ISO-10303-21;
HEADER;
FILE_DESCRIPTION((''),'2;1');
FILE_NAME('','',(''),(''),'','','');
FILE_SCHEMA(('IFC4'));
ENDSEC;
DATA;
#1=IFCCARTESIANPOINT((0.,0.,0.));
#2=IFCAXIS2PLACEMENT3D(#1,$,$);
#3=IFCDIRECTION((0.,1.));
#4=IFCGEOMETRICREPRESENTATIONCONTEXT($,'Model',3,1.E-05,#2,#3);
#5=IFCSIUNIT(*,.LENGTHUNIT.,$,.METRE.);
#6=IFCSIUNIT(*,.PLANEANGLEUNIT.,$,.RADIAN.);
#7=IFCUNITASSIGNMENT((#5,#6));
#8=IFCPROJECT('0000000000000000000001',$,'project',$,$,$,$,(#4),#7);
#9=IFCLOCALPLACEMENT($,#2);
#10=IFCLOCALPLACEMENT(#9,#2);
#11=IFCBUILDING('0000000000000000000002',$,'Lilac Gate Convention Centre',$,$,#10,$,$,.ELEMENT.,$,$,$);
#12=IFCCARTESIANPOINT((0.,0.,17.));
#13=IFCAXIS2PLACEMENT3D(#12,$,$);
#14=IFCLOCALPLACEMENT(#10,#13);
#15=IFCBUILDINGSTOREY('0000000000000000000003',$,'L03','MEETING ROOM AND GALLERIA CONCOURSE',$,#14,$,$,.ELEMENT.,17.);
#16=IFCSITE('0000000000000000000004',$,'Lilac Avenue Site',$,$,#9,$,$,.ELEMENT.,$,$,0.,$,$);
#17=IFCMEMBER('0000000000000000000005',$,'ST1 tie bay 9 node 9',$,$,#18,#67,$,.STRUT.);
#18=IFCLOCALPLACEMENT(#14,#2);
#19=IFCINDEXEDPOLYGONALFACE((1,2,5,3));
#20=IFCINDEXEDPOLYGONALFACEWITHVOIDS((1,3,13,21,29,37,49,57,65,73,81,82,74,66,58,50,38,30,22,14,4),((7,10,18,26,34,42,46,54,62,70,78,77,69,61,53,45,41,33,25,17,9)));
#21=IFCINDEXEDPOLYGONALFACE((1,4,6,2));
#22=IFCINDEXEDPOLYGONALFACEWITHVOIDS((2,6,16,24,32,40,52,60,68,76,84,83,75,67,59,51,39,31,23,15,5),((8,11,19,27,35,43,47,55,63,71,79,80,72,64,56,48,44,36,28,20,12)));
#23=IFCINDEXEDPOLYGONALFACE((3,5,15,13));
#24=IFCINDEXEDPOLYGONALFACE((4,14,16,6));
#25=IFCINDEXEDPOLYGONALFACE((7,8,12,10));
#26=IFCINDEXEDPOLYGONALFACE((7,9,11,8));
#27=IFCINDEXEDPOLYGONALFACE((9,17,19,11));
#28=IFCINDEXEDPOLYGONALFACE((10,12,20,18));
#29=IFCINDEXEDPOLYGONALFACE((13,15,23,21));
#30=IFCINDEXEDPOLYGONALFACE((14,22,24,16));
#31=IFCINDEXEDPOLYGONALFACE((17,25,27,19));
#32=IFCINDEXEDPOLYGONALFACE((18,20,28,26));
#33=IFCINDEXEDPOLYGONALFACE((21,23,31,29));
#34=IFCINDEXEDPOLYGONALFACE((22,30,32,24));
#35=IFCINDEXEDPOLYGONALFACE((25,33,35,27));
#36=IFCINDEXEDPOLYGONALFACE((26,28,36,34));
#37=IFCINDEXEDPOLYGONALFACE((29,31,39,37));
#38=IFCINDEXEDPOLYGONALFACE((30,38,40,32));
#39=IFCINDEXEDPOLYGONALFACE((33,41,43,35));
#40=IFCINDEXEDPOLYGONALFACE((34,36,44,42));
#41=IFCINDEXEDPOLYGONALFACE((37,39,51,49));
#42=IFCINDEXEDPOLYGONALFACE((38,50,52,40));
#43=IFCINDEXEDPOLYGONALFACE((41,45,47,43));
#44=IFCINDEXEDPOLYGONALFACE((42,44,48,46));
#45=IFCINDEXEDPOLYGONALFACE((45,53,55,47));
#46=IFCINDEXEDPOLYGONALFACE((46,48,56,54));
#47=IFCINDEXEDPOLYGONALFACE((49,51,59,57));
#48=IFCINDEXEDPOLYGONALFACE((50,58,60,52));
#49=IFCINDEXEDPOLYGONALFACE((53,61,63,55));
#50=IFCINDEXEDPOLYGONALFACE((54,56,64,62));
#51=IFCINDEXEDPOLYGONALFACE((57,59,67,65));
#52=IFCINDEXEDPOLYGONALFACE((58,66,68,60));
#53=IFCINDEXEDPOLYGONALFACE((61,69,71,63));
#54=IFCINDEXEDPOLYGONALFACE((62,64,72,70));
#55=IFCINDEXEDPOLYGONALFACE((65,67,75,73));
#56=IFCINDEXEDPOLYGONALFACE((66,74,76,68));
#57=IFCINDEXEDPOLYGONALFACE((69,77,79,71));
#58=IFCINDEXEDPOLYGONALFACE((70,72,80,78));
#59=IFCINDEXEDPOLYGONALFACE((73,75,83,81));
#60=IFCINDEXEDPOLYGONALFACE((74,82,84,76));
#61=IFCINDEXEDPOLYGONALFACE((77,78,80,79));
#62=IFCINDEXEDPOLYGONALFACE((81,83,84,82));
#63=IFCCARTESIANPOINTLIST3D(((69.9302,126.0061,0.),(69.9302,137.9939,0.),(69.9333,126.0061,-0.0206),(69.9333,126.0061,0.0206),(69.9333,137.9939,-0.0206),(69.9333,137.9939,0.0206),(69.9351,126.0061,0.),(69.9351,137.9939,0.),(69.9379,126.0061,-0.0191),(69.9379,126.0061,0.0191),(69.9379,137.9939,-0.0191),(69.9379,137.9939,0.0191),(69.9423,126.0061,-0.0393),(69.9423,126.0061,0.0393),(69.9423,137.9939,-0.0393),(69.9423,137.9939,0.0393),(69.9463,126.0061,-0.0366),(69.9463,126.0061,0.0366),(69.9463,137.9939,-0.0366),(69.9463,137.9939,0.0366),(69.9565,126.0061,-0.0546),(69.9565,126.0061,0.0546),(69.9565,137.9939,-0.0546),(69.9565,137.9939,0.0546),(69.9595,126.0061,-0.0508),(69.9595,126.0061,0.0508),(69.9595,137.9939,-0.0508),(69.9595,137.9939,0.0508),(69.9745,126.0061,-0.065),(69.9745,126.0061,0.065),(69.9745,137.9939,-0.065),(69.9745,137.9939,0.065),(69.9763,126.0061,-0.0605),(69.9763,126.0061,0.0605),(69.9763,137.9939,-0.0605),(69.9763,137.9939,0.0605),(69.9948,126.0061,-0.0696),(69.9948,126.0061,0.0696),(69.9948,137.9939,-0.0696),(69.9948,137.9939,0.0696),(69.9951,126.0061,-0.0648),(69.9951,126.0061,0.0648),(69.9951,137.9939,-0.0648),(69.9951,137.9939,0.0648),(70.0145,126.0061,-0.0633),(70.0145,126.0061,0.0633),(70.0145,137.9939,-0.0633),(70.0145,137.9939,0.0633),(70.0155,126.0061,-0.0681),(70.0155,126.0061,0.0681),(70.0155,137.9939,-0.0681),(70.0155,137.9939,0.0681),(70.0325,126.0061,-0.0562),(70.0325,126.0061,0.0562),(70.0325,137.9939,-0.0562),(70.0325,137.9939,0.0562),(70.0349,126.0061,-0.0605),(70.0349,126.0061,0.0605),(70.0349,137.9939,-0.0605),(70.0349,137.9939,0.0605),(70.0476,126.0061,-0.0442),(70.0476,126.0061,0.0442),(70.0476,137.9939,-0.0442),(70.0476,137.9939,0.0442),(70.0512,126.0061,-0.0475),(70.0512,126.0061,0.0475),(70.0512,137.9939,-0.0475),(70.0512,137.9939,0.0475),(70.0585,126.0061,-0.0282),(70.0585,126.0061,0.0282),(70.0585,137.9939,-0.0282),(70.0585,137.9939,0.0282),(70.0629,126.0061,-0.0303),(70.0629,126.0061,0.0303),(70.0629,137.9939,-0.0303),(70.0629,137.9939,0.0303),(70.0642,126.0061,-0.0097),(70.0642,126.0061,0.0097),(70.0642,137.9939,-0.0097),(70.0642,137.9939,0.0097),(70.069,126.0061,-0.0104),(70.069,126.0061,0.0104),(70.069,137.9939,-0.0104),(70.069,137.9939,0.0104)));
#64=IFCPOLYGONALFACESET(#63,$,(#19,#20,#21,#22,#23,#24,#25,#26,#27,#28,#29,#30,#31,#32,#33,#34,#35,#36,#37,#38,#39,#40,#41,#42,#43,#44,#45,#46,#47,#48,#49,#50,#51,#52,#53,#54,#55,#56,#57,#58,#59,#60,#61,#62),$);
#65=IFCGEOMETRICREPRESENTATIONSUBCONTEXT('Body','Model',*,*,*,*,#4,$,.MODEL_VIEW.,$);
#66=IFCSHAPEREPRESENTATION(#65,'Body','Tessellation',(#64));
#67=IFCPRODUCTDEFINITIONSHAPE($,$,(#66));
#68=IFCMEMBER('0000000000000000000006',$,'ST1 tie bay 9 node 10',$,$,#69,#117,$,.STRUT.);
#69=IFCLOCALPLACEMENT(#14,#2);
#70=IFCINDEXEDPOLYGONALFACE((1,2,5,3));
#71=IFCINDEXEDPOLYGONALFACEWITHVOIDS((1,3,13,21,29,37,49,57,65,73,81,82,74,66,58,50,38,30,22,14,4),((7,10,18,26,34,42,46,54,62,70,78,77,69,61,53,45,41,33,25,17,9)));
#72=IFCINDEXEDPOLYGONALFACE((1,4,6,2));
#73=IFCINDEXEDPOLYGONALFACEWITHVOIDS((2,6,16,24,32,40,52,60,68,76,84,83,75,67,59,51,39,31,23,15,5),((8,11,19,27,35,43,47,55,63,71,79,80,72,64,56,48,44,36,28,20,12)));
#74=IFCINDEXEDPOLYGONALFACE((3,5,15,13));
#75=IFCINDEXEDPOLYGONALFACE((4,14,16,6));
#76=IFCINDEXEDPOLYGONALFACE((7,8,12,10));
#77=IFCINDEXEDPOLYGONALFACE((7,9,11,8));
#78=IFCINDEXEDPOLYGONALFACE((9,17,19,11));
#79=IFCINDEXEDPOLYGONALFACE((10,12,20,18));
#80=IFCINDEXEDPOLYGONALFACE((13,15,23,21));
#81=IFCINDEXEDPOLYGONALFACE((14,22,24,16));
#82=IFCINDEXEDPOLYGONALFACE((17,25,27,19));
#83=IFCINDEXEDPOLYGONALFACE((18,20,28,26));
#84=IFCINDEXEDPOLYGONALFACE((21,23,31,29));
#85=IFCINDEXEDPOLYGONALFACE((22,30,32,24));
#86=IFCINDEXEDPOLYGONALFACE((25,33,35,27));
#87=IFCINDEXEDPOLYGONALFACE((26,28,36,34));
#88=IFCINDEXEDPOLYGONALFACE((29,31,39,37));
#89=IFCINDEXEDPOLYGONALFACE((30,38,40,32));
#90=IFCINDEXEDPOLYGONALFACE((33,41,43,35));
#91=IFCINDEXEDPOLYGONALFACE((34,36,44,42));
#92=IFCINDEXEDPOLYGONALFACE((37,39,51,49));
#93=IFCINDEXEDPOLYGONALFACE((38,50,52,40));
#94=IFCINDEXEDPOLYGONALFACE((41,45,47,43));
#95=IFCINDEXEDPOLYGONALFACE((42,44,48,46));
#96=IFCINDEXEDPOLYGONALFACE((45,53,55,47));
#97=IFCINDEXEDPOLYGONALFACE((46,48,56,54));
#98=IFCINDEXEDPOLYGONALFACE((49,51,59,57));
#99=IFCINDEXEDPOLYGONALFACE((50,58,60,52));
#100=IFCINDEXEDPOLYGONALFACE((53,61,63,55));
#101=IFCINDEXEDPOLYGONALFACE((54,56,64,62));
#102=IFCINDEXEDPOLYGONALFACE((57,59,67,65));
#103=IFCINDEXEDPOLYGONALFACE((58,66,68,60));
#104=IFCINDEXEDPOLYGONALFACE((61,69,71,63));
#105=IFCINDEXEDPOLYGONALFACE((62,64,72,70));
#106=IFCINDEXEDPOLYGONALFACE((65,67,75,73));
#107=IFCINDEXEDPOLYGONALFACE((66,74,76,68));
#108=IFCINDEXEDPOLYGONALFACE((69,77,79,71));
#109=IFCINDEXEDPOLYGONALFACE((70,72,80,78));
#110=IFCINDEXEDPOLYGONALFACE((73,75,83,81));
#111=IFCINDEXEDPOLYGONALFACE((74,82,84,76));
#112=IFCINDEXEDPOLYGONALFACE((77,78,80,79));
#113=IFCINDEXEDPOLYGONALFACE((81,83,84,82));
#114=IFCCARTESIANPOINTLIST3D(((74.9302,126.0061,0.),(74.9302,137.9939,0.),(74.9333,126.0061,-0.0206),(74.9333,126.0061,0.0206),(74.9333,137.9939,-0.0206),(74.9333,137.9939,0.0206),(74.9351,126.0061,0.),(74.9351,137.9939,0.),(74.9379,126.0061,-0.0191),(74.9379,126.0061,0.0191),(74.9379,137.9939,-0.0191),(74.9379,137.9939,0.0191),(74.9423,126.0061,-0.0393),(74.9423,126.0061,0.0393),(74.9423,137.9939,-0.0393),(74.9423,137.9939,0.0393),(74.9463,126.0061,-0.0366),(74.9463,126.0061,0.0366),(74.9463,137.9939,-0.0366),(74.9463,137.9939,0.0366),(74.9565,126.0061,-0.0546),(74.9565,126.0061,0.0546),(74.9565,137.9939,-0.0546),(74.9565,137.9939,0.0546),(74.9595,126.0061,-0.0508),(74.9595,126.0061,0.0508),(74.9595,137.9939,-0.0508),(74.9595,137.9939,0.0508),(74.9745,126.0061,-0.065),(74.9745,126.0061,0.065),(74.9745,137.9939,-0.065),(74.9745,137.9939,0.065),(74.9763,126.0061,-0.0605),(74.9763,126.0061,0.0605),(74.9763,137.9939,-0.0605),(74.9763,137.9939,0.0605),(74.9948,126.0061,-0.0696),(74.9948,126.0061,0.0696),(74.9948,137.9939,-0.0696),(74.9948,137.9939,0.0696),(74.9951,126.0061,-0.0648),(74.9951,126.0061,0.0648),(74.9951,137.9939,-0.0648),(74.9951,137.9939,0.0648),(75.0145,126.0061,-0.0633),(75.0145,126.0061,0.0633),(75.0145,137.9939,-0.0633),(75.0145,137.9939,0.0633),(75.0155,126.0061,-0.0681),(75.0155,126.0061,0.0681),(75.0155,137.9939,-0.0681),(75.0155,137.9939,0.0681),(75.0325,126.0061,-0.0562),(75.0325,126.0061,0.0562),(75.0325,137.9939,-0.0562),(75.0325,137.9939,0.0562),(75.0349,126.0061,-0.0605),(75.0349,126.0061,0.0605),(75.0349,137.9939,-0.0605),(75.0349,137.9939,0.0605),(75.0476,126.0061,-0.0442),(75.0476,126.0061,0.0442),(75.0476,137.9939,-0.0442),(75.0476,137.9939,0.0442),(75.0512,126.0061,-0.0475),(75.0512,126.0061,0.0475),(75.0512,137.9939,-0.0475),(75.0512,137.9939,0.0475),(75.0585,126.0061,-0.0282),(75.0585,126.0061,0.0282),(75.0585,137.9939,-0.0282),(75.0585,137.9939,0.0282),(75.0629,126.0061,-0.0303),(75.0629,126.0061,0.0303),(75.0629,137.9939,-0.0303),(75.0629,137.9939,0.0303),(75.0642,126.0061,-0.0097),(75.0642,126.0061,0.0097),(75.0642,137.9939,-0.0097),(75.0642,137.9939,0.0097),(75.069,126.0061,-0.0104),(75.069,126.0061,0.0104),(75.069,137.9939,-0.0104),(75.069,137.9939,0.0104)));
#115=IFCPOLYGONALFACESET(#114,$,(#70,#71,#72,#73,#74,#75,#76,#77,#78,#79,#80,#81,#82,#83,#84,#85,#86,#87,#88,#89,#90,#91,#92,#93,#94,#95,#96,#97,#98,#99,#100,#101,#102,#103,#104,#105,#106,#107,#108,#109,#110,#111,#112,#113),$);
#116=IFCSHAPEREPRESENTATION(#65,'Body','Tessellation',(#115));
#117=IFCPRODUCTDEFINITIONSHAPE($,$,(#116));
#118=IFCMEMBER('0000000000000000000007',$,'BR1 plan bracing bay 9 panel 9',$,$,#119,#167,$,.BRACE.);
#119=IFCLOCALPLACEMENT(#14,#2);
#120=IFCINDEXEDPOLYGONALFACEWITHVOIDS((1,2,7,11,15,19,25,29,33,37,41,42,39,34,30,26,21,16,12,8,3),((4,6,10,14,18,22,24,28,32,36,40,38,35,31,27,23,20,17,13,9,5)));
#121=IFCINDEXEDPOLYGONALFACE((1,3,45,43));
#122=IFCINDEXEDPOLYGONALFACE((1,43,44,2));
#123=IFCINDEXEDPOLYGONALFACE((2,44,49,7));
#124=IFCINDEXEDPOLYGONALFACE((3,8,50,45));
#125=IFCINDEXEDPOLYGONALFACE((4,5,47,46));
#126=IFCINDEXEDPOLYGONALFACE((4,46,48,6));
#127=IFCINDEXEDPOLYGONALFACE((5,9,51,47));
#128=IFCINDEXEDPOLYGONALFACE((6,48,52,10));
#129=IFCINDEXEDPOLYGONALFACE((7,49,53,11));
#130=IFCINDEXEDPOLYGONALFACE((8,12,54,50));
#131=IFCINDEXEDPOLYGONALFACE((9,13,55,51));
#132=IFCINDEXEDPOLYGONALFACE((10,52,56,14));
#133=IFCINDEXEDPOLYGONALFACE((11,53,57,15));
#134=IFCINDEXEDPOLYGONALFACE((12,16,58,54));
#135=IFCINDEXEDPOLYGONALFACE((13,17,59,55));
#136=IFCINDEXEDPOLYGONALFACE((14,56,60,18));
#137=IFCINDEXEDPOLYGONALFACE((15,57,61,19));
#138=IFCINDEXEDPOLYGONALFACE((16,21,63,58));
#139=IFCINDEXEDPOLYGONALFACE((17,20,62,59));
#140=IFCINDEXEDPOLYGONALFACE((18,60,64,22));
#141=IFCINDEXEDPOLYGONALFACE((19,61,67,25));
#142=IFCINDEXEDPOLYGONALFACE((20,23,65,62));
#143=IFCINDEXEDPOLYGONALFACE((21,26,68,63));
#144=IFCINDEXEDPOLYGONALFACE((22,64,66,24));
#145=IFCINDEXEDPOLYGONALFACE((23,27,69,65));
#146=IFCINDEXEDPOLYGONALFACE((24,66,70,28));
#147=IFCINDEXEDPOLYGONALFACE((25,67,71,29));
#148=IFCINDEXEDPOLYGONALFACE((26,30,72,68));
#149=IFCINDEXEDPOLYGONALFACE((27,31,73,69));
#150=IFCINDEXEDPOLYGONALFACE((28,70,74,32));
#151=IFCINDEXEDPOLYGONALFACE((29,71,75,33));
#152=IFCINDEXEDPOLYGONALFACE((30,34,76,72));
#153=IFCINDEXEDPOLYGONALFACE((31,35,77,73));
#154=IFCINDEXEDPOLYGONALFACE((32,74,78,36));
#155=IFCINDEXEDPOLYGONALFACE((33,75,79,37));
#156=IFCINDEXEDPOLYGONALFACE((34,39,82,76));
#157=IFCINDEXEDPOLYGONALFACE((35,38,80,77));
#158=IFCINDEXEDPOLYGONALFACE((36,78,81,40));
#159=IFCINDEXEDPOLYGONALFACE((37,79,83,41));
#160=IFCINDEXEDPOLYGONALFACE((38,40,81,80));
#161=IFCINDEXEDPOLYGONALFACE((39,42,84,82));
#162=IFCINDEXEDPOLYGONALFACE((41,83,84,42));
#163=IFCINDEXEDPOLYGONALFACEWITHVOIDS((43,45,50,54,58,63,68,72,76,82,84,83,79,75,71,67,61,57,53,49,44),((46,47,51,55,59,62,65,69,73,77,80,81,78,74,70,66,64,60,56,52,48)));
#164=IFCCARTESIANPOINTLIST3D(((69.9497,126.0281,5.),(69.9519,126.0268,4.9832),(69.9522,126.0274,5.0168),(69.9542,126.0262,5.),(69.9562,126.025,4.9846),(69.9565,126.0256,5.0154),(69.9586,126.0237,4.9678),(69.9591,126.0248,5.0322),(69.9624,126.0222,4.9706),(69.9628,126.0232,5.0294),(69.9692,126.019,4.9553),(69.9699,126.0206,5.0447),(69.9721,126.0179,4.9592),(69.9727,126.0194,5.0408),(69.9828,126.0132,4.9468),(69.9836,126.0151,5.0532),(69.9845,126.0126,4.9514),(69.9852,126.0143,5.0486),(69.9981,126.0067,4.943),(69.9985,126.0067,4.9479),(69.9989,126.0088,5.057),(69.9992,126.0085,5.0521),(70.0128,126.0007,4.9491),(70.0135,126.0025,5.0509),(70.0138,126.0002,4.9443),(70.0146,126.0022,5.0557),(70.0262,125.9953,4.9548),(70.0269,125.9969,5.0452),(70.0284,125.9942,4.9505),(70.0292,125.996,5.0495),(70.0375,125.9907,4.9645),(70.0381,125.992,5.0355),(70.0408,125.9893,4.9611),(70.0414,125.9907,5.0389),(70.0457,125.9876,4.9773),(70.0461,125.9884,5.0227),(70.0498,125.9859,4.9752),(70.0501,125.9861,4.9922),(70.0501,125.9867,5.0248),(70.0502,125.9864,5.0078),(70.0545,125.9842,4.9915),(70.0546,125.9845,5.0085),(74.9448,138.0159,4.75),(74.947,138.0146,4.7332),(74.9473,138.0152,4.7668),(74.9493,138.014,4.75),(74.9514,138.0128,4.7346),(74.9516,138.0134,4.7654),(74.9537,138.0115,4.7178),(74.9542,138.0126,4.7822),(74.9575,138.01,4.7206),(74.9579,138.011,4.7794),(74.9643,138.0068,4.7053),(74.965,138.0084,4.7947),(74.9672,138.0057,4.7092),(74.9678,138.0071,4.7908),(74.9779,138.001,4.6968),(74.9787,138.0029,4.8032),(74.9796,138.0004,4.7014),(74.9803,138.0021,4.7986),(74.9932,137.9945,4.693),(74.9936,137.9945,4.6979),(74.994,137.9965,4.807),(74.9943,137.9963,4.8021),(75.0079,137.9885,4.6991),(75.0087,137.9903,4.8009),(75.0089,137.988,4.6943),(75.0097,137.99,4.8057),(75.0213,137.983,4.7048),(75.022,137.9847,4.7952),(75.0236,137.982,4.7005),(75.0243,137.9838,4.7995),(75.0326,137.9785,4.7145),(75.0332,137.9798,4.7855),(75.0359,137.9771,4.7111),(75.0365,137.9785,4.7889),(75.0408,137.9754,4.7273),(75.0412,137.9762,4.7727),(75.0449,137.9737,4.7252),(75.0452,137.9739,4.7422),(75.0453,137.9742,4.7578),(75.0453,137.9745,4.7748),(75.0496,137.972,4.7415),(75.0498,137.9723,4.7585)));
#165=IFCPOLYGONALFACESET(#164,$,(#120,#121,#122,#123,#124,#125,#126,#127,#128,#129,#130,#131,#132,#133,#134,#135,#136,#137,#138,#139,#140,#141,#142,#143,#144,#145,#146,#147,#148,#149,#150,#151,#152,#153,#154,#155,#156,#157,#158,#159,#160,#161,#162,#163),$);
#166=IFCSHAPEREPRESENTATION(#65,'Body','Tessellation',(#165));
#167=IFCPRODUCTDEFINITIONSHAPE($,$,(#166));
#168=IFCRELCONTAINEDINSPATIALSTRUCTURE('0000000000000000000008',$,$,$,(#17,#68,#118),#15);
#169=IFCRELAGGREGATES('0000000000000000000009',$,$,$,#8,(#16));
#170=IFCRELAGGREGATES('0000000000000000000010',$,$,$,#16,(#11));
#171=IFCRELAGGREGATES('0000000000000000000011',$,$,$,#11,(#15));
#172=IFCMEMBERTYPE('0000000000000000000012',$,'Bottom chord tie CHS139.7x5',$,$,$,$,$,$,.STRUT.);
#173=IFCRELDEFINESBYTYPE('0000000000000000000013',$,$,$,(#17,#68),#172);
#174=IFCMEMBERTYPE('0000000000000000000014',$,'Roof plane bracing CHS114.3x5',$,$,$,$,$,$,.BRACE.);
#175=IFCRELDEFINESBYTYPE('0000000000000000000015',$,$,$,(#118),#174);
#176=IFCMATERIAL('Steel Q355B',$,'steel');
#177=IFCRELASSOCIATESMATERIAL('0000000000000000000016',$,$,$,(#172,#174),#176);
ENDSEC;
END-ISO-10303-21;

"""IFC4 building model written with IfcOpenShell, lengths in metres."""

from ifc_helpers import new_model, si_unit, direction, frame, origin, origin_2d, place, context, subcontext, project, spatial, hollow_circle, extrude, material, material_profile, profile_set, type_object, element, save


model = new_model("IFC4")

# Units and contexts
model_context = context("Model", 3, precision=1e-05, world=origin(), true_north=direction((0.0, 1.0)))
body_context = subcontext(model_context, "Body", "Model", "MODEL_VIEW")
ifc_project = project(units=[si_unit("LENGTHUNIT", "METRE"), si_unit("PLANEANGLEUNIT", "RADIAN")], contexts=[model_context])

# Site, building, storey
site_placement = place(None, origin())
site = spatial("IfcSite", under=ifc_project, at=site_placement, Name="Lilac Avenue Site", CompositionType="ELEMENT", RefElevation=0.0)
building_placement = place(site_placement, origin())
building = spatial("IfcBuilding", under=site, at=building_placement, Name="Lilac Gate Convention Centre", CompositionType="ELEMENT")
storey_placement = place(building_placement, frame((0.0, 0.0, 17.0)))
storey = spatial("IfcBuildingStorey", under=building, at=storey_placement, Name="L03", Description="MEETING ROOM AND GALLERIA CONCOURSE", CompositionType="ELEMENT", Elevation=17.0)

# Members
ifc_material = material(Name="Steel Q355B", Category="steel")
ifc_material_profile_1 = material_profile(ifc_material, hollow_circle(Radius=0.0698, WallThickness=0.0049, at=origin_2d()), Name="CHS139.7x5")
ifc_profile_set_1 = profile_set([ifc_material_profile_1], Name="Steel Q355B")
member_type_1 = type_object("IfcMemberType", Name="Bottom chord tie CHS139.7x5", PredefinedType="STRUT", material=ifc_profile_set_1)
for number, where, z_axis, x_axis, name in (
    (1, (70.0, 126.0061, 0.0), (0.0, 1.0, 0.0), (-1.0, 0.0, 0.0), "ST1 tie bay 9 node 9"),
    (2, (75.0, 126.0061, 0.0), (0.0, 1.0, 0.0), (-1.0, 0.0, 0.0), "ST1 tie bay 9 node 10"),
):
    element("IfcMember", number, at=place(storey_placement, frame(where, z_axis=z_axis, x_axis=x_axis)), inside=storey, type_object=member_type_1, Name=name, PredefinedType="STRUT", context=body_context, shape_type="SweptSolid", body=[
        extrude(hollow_circle(Radius=0.0698, WallThickness=0.0049, at=origin_2d()), origin(), (0.0, 0.0, 1.0), 11.9878),
    ])
ifc_material_profile_2 = material_profile(ifc_material, hollow_circle(Radius=0.0571, WallThickness=0.0049, at=origin_2d()), Name="CHS114.3x5")
ifc_profile_set_2 = profile_set([ifc_material_profile_2], Name="Steel Q355B")
member_type_2 = type_object("IfcMemberType", Name="Roof plane bracing CHS114.3x5", PredefinedType="BRACE", material=ifc_profile_set_2)
for number, where, z_axis, x_axis, name in (
    (3, (70.0024, 126.0061, 5.0), (0.384557, 0.9229, -0.019247), (-0.923071, 0.384629, 0.0), "BR1 plan bracing bay 9 panel 9"),
):
    element("IfcMember", number, at=place(storey_placement, frame(where, z_axis=z_axis, x_axis=x_axis)), inside=storey, type_object=member_type_2, Name=name, PredefinedType="BRACE", context=body_context, shape_type="SweptSolid", body=[
        extrude(hollow_circle(Radius=0.0571, WallThickness=0.0049, at=origin_2d()), origin(), (0.0, 0.0, 1.0), 12.9893),
    ])

save(model, "model.ifc")
